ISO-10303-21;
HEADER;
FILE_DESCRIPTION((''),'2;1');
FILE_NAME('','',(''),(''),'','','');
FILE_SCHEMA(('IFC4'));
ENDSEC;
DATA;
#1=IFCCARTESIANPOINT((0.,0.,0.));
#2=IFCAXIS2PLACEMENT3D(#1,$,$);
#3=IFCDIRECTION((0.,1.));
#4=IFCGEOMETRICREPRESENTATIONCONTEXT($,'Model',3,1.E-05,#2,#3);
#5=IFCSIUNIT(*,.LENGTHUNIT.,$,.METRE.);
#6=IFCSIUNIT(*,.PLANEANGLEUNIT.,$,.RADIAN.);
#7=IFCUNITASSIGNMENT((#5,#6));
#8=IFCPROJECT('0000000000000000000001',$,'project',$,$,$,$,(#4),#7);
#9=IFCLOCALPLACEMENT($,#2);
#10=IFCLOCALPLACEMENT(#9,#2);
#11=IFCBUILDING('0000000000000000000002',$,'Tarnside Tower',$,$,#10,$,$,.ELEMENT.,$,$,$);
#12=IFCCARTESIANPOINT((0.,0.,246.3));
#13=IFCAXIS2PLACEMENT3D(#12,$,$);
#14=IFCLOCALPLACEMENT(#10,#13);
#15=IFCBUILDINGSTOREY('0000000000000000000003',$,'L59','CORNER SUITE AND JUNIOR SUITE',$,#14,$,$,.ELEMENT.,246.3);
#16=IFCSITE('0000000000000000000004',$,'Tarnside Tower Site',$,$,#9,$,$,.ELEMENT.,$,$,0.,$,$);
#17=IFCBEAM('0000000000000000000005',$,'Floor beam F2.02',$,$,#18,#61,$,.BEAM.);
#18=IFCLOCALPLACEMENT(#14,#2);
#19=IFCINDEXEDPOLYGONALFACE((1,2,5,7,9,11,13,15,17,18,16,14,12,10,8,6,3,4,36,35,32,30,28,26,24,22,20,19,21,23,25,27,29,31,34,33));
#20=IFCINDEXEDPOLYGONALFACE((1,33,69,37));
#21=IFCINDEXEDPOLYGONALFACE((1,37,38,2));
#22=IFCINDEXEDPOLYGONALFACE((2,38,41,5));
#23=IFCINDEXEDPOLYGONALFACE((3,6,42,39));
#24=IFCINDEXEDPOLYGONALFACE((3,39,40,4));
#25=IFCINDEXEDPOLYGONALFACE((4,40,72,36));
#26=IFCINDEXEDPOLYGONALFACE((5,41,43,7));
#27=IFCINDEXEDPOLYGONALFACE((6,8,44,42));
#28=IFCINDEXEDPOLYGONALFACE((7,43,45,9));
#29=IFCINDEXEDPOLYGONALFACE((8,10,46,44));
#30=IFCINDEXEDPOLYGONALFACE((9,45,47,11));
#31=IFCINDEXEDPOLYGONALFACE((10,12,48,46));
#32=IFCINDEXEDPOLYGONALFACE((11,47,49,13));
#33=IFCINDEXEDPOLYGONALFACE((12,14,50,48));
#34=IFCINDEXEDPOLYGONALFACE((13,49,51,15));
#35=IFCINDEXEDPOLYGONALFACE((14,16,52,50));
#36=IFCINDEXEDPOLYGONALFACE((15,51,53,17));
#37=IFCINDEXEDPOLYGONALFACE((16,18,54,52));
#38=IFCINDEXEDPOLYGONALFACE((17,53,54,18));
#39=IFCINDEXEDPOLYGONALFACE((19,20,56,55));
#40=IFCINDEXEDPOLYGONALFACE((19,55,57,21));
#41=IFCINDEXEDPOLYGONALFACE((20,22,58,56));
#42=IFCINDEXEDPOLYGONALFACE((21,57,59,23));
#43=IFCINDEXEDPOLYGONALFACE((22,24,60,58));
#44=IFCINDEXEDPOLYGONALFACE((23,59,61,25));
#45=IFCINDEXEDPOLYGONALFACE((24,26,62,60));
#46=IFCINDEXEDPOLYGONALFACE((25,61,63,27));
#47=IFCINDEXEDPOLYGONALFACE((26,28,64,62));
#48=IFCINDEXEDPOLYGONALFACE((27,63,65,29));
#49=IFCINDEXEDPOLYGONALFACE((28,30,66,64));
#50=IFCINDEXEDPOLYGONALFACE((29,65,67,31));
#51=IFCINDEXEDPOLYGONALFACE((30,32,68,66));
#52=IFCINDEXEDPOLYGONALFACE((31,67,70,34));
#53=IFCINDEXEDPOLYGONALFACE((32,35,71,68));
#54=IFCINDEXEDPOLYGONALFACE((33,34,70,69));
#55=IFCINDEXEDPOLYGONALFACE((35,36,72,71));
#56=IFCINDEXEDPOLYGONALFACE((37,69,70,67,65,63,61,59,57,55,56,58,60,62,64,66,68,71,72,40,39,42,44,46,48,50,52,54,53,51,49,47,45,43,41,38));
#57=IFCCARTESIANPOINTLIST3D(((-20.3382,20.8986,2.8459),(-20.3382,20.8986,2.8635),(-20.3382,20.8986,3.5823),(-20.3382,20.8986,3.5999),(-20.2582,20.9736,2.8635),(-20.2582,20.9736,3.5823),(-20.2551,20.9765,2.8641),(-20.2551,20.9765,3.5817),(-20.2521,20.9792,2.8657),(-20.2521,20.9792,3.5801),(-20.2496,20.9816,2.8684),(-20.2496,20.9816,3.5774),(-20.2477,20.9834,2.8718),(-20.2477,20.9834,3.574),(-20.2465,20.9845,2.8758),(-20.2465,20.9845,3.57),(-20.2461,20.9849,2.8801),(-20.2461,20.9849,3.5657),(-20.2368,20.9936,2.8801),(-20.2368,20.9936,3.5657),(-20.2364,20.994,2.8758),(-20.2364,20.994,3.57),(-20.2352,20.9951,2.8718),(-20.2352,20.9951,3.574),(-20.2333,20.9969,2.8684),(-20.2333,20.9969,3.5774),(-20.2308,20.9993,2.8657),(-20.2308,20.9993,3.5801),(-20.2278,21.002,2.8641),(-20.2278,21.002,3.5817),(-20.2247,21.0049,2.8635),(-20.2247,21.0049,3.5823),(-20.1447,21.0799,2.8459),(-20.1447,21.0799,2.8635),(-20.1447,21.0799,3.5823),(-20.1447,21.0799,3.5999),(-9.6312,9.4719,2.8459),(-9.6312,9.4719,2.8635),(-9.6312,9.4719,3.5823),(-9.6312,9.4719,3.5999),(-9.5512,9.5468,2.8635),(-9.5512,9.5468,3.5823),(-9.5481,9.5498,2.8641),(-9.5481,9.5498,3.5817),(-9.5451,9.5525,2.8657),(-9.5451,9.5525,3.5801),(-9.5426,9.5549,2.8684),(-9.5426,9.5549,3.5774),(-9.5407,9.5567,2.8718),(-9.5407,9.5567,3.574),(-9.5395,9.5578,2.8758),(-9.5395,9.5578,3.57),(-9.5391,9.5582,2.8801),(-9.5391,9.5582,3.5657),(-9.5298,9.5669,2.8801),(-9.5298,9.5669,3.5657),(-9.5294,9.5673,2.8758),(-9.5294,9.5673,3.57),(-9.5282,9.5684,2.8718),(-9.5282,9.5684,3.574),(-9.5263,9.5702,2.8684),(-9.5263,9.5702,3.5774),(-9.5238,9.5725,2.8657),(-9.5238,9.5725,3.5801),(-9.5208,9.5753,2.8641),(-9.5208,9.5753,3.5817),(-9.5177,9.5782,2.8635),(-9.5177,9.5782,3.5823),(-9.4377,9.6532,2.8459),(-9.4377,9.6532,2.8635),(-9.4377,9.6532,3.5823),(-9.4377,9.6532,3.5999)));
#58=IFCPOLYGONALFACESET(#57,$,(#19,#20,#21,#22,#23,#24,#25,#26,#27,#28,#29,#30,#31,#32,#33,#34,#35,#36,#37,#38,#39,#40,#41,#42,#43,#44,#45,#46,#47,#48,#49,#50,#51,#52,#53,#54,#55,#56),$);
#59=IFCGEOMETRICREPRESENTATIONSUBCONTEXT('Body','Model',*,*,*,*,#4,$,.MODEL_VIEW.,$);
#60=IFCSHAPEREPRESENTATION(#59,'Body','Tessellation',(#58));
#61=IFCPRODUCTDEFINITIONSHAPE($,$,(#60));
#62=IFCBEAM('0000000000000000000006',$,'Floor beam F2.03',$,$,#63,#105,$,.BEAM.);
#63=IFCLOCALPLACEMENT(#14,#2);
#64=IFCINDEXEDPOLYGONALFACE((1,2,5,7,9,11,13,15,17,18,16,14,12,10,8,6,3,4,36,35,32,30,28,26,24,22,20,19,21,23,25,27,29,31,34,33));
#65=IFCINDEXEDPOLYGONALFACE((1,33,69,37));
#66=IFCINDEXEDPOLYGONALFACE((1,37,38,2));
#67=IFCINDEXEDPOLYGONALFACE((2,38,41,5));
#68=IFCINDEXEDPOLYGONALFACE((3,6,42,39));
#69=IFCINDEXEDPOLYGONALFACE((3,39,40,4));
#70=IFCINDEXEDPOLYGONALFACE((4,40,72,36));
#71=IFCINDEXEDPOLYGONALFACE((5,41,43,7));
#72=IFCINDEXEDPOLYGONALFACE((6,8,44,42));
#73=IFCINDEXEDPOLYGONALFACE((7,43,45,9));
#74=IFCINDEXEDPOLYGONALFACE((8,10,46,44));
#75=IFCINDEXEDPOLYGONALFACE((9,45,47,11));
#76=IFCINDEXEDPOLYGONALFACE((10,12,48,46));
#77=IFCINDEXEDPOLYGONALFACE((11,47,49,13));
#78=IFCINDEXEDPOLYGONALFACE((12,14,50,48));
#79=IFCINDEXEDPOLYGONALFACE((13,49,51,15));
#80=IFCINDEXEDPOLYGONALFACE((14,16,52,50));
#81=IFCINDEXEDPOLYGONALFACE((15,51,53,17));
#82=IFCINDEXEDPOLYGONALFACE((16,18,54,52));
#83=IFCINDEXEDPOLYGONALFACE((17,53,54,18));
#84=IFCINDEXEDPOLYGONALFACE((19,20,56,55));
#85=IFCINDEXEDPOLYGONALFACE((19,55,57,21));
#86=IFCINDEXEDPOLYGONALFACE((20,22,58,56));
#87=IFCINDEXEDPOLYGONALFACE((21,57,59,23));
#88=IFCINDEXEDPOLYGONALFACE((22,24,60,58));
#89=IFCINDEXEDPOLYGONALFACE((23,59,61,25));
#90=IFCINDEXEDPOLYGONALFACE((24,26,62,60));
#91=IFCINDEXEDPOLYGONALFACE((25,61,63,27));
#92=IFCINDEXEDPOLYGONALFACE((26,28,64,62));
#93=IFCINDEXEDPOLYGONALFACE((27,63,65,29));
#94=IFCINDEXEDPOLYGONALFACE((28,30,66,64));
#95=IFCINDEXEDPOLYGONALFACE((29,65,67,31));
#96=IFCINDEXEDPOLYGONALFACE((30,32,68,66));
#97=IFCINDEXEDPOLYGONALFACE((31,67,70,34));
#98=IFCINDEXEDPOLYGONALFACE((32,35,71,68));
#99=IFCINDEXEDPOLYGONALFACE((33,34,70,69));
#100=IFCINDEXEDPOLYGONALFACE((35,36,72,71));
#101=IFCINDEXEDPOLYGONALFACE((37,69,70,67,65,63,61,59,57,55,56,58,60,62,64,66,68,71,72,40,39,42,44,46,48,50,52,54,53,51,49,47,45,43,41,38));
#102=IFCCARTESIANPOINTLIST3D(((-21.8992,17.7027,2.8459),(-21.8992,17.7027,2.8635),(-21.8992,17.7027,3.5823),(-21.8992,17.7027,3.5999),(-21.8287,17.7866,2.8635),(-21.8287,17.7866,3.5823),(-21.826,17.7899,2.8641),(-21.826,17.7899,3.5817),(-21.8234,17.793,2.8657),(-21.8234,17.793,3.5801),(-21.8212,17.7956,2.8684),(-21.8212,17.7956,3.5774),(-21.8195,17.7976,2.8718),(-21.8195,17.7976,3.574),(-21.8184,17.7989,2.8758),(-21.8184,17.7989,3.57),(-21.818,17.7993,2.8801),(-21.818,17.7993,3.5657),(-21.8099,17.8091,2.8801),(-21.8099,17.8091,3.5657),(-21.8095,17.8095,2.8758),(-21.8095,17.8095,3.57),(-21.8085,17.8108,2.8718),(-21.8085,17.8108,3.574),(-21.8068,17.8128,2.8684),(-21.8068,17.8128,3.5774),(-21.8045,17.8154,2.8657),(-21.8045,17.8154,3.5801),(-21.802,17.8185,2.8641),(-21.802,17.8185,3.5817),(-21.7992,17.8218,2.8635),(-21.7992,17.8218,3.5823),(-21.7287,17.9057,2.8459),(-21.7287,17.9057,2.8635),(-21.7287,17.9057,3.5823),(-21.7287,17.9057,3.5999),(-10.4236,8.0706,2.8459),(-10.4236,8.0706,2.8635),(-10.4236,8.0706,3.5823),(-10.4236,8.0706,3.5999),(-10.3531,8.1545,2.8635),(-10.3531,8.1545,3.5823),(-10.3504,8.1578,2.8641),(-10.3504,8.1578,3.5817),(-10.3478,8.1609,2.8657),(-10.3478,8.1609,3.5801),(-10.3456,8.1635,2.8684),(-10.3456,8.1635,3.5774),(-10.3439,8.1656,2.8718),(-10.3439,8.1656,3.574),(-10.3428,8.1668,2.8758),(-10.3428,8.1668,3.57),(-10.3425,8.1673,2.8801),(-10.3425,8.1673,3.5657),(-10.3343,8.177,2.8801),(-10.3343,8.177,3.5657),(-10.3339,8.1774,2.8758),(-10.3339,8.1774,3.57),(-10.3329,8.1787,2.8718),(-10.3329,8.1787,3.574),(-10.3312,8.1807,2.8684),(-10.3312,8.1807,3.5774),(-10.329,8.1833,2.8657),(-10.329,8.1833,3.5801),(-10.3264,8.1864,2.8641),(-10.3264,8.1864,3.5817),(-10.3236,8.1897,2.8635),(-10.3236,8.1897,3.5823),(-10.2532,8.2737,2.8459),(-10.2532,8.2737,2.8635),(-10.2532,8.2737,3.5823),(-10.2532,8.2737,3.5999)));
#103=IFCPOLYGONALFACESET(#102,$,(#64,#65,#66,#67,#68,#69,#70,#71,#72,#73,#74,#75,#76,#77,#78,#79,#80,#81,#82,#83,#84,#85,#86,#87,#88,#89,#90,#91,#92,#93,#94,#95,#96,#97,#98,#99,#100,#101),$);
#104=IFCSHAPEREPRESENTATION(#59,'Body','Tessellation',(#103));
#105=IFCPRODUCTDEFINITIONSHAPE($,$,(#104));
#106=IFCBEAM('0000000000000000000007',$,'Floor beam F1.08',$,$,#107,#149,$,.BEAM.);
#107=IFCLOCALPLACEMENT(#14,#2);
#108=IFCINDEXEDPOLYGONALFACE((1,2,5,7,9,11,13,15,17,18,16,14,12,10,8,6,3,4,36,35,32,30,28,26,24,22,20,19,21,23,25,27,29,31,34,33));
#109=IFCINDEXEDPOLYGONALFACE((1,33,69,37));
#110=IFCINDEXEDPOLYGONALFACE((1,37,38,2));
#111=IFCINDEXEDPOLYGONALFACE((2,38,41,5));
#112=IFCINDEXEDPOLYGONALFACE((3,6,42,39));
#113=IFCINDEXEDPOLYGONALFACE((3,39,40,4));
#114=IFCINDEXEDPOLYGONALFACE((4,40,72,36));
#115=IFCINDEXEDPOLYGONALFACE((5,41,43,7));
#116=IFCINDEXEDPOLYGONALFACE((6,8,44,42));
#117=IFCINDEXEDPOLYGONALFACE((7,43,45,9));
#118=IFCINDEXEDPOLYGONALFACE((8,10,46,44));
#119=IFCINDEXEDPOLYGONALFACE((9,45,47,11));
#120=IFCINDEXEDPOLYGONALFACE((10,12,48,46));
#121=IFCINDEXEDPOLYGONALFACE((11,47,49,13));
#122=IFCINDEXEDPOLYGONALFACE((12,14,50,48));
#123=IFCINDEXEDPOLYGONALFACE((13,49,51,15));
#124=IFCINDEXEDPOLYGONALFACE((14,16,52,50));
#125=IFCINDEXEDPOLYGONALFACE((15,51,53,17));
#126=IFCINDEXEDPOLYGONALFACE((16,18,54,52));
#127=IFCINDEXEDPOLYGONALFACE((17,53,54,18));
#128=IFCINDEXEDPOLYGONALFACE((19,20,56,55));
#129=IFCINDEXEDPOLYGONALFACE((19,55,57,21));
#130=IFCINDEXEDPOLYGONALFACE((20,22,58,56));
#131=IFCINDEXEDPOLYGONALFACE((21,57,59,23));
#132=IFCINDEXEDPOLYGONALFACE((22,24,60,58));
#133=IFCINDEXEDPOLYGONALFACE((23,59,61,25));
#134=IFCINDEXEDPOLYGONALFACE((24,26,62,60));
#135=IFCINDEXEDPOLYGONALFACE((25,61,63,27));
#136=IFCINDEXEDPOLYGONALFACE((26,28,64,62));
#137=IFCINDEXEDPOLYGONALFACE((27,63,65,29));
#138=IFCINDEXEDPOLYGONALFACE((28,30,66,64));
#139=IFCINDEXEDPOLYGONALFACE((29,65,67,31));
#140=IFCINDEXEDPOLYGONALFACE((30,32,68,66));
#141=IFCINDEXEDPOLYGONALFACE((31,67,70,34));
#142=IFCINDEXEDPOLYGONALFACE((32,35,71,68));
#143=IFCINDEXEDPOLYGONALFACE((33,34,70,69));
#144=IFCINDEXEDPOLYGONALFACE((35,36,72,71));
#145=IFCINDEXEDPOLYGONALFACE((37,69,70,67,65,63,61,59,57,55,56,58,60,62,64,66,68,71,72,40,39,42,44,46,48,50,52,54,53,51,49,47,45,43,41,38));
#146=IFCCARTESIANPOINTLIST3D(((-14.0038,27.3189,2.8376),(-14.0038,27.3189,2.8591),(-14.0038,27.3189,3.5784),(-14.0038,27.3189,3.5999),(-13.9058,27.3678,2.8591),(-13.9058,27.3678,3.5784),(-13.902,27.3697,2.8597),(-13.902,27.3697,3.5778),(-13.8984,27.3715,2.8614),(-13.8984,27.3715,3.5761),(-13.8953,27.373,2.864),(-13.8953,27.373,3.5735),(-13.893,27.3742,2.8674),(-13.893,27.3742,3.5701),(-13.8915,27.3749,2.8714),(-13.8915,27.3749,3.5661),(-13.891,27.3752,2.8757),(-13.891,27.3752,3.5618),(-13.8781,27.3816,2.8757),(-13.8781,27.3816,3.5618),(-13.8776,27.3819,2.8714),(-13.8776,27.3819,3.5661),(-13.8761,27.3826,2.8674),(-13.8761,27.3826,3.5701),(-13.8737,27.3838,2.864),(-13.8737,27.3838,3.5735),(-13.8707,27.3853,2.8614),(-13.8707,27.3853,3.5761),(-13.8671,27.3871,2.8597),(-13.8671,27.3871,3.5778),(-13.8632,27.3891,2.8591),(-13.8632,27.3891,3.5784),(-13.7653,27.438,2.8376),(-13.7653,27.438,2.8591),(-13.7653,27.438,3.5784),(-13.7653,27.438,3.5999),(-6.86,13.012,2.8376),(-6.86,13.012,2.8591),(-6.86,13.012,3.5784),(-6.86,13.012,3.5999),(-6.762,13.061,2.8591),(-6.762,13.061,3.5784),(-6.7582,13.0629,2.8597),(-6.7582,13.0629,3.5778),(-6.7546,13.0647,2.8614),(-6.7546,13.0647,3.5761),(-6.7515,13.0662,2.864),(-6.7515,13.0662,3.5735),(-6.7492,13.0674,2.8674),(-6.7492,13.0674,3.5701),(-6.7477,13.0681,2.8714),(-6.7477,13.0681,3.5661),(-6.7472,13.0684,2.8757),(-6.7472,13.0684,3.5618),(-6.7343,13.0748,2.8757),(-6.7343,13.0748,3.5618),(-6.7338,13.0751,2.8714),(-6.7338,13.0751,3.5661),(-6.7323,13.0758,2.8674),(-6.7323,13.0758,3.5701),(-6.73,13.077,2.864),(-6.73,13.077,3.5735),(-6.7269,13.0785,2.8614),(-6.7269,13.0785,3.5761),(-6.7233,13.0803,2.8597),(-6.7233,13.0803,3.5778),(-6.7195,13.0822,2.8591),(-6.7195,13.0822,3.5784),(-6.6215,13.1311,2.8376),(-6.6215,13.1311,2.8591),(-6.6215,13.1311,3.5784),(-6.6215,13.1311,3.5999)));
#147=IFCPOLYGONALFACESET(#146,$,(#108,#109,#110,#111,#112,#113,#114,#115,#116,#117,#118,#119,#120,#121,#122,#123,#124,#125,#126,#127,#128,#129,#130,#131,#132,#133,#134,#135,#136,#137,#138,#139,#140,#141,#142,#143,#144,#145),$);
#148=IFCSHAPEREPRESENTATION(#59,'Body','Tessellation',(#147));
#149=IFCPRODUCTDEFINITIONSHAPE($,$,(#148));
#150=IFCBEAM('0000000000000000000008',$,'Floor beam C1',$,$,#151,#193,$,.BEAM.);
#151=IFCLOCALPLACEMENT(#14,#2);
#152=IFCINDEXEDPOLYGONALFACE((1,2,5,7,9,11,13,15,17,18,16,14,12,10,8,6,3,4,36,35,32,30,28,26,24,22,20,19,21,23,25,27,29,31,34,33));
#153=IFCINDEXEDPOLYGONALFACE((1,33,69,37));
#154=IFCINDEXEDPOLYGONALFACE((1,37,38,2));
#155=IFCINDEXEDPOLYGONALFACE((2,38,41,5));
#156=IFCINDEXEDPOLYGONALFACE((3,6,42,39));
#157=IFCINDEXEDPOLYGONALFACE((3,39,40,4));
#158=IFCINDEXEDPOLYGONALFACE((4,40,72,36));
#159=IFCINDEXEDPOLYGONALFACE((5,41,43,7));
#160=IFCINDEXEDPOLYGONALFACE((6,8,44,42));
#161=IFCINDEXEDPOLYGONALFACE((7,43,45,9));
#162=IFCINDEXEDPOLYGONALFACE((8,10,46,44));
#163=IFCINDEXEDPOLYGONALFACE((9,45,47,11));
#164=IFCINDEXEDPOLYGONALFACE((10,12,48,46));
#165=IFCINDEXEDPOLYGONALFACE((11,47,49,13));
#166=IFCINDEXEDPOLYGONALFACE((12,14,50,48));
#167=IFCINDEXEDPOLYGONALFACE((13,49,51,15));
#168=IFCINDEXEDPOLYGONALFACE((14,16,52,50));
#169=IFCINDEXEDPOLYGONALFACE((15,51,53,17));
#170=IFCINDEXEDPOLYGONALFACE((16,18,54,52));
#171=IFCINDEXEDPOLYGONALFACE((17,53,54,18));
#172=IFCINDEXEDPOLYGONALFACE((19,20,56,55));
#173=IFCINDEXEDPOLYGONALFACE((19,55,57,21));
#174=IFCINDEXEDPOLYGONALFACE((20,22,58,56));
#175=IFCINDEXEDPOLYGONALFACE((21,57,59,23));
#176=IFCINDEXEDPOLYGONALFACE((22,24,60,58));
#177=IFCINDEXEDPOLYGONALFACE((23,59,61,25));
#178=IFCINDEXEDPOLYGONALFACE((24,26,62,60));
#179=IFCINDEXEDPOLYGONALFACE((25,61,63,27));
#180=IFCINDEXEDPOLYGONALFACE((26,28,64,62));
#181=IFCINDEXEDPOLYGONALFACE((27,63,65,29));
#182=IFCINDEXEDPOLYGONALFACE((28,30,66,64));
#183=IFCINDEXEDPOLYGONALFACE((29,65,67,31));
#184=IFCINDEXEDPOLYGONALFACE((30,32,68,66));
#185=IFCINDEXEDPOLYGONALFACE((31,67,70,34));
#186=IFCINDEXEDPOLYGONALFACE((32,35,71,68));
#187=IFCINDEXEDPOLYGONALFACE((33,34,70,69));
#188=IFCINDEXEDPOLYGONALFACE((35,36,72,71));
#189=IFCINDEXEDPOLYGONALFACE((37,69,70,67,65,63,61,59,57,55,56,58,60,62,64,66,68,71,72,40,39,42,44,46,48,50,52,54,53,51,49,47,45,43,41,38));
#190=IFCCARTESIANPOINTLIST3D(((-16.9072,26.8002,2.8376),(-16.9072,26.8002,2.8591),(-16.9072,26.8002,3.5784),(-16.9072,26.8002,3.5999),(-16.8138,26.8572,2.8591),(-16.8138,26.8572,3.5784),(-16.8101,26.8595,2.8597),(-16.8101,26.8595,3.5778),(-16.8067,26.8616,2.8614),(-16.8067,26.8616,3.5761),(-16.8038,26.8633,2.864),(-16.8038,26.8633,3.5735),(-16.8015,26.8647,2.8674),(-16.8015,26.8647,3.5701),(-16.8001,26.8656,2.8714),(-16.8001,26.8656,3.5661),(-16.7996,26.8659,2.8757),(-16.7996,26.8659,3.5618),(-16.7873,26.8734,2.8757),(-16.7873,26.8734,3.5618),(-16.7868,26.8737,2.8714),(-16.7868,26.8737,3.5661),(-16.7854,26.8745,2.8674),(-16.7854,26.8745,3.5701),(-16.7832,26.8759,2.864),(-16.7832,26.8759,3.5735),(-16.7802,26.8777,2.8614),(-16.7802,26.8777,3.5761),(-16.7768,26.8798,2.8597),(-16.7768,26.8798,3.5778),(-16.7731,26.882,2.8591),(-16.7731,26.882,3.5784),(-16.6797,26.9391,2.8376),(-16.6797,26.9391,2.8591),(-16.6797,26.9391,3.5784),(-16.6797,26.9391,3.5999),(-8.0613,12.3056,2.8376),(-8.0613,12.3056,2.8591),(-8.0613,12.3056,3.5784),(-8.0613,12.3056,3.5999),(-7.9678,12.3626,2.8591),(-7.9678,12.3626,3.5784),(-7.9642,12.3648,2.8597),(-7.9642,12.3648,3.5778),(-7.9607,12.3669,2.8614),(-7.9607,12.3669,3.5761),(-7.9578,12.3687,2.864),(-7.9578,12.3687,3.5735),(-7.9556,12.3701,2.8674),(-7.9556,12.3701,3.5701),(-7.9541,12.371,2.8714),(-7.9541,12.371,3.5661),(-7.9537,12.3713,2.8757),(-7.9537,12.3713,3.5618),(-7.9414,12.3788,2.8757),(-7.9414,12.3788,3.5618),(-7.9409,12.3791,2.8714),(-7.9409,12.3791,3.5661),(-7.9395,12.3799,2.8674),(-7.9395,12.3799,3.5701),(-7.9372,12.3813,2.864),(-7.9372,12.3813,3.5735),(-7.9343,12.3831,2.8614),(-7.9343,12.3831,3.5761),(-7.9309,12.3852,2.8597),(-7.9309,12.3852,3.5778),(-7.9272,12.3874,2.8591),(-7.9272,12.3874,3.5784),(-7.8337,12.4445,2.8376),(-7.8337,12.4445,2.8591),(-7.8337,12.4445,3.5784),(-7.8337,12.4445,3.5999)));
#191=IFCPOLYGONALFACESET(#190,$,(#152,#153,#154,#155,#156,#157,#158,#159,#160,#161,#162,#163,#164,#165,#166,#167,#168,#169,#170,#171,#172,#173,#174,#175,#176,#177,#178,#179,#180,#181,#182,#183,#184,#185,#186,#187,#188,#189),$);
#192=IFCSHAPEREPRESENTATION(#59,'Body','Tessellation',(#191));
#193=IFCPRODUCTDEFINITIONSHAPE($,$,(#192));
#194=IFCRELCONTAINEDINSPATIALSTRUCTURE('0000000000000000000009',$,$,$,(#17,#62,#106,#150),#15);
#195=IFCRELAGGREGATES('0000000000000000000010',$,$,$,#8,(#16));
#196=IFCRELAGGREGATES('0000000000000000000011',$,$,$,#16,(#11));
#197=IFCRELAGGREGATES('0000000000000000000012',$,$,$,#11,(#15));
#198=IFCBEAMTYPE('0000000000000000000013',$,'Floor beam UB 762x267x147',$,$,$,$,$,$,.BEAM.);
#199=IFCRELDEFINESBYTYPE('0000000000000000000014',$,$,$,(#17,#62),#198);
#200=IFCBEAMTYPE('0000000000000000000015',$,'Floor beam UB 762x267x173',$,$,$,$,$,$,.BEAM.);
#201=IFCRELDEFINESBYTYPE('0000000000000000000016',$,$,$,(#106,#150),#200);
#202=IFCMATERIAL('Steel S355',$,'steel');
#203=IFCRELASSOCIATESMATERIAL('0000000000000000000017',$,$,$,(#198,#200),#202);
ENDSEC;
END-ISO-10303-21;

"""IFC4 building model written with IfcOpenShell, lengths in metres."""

from ifc_helpers import new_model, si_unit, direction, frame, origin, origin_2d, place, context, subcontext, project, spatial, i_section, extrude, material, material_profile, profile_set, type_object, element, save


model = new_model("IFC4")

# Units and contexts
model_context = context("Model", 3, precision=1e-05, world=origin(), true_north=direction((0.0, 1.0)))
body_context = subcontext(model_context, "Body", "Model", "MODEL_VIEW")
ifc_project = project(units=[si_unit("LENGTHUNIT", "METRE"), si_unit("PLANEANGLEUNIT", "RADIAN")], contexts=[model_context])

# Site, building, storey
site_placement = place(None, origin())
site = spatial("IfcSite", under=ifc_project, at=site_placement, Name="Tarnside Tower Site", CompositionType="ELEMENT", RefElevation=0.0)
building_placement = place(site_placement, origin())
building = spatial("IfcBuilding", under=site, at=building_placement, Name="Tarnside Tower", CompositionType="ELEMENT")
storey_placement = place(building_placement, frame((0.0, 0.0, 246.3)))
storey = spatial("IfcBuildingStorey", under=building, at=storey_placement, Name="L59", Description="CORNER SUITE AND JUNIOR SUITE", CompositionType="ELEMENT", Elevation=246.3)

# Beams
ifc_material_1 = material(Name="Steel S355", Category="steel")
ifc_material_profile_1 = material_profile(ifc_material_1, i_section(OverallWidth=0.2651, OverallDepth=0.7539, WebThickness=0.0127, FlangeThickness=0.0176, FilletRadius=0.0166, at=origin_2d()), Name="UB 762x267x147")
ifc_profile_set_1 = profile_set([ifc_material_profile_1], Name="Steel S355")
beam_type_1 = type_object("IfcBeamType", Name="Floor beam UB 762x267x147", PredefinedType="BEAM", material=ifc_profile_set_1)
beam_1_placement = place(storey_placement, frame((-20.2415, 20.9893, 3.2229), z_axis=(0.683752, -0.729714, 0.0), x_axis=(0.729714, 0.683752, 0.0)))
element("IfcBeam", 1, at=beam_1_placement, inside=storey, type_object=beam_type_1, Name="Floor beam F2.02", PredefinedType="BEAM", context=body_context, shape_type="SweptSolid", body=[
    extrude(i_section(OverallWidth=0.2651, OverallDepth=0.7539, WebThickness=0.0127, FlangeThickness=0.0176, FilletRadius=0.0166, at=origin_2d()), origin(), (0.0, 0.0, 1.0), 15.6592),
])
beam_2_placement = place(storey_placement, frame((-21.814, 17.8042, 3.2229), z_axis=(0.765948, -0.642902, 0.0), x_axis=(0.642902, 0.765948, 0.0)))
element("IfcBeam", 2, at=beam_2_placement, inside=storey, type_object=beam_type_1, Name="Floor beam F2.03", PredefinedType="BEAM", context=body_context, shape_type="SweptSolid", body=[
    extrude(i_section(OverallWidth=0.2651, OverallDepth=0.7539, WebThickness=0.0127, FlangeThickness=0.0176, FilletRadius=0.0166, at=origin_2d()), origin(), (0.0, 0.0, 1.0), 14.9822),
])
ifc_material_profile_2 = material_profile(ifc_material_1, i_section(OverallWidth=0.2666, OverallDepth=0.7622, WebThickness=0.0144, FlangeThickness=0.0215, FilletRadius=0.0166, at=origin_2d()), Name="UB 762x267x173")
ifc_profile_set_2 = profile_set([ifc_material_profile_2], Name="Steel S355")
beam_type_2 = type_object("IfcBeamType", Name="Floor beam UB 762x267x173", PredefinedType="BEAM", material=ifc_profile_set_2)
beam_3_placement = place(storey_placement, frame((-13.8845, 27.3784, 3.2188), z_axis=(0.446731, -0.894668, 0.0), x_axis=(0.894668, 0.446731, 0.0)))
element("IfcBeam", 3, at=beam_3_placement, inside=storey, type_object=beam_type_2, Name="Floor beam F1.08", PredefinedType="BEAM", context=body_context, shape_type="SweptSolid", body=[
    extrude(i_section(OverallWidth=0.2666, OverallDepth=0.7622, WebThickness=0.0144, FlangeThickness=0.0215, FilletRadius=0.0166, at=origin_2d()), origin(), (0.0, 0.0, 1.0), 15.9912),
])
beam_4_placement = place(storey_placement, frame((-16.7935, 26.8696, 3.2188), z_axis=(0.52094, -0.853593, 0.0), x_axis=(0.853593, 0.52094, 0.0)))
element("IfcBeam", 4, at=beam_4_placement, inside=storey, type_object=beam_type_2, Name="Floor beam C1", PredefinedType="BEAM", context=body_context, shape_type="SweptSolid", body=[
    extrude(i_section(OverallWidth=0.2666, OverallDepth=0.7622, WebThickness=0.0144, FlangeThickness=0.0215, FilletRadius=0.0166, at=origin_2d()), origin(), (0.0, 0.0, 1.0), 16.9807),
])

save(model, "model.ifc")
